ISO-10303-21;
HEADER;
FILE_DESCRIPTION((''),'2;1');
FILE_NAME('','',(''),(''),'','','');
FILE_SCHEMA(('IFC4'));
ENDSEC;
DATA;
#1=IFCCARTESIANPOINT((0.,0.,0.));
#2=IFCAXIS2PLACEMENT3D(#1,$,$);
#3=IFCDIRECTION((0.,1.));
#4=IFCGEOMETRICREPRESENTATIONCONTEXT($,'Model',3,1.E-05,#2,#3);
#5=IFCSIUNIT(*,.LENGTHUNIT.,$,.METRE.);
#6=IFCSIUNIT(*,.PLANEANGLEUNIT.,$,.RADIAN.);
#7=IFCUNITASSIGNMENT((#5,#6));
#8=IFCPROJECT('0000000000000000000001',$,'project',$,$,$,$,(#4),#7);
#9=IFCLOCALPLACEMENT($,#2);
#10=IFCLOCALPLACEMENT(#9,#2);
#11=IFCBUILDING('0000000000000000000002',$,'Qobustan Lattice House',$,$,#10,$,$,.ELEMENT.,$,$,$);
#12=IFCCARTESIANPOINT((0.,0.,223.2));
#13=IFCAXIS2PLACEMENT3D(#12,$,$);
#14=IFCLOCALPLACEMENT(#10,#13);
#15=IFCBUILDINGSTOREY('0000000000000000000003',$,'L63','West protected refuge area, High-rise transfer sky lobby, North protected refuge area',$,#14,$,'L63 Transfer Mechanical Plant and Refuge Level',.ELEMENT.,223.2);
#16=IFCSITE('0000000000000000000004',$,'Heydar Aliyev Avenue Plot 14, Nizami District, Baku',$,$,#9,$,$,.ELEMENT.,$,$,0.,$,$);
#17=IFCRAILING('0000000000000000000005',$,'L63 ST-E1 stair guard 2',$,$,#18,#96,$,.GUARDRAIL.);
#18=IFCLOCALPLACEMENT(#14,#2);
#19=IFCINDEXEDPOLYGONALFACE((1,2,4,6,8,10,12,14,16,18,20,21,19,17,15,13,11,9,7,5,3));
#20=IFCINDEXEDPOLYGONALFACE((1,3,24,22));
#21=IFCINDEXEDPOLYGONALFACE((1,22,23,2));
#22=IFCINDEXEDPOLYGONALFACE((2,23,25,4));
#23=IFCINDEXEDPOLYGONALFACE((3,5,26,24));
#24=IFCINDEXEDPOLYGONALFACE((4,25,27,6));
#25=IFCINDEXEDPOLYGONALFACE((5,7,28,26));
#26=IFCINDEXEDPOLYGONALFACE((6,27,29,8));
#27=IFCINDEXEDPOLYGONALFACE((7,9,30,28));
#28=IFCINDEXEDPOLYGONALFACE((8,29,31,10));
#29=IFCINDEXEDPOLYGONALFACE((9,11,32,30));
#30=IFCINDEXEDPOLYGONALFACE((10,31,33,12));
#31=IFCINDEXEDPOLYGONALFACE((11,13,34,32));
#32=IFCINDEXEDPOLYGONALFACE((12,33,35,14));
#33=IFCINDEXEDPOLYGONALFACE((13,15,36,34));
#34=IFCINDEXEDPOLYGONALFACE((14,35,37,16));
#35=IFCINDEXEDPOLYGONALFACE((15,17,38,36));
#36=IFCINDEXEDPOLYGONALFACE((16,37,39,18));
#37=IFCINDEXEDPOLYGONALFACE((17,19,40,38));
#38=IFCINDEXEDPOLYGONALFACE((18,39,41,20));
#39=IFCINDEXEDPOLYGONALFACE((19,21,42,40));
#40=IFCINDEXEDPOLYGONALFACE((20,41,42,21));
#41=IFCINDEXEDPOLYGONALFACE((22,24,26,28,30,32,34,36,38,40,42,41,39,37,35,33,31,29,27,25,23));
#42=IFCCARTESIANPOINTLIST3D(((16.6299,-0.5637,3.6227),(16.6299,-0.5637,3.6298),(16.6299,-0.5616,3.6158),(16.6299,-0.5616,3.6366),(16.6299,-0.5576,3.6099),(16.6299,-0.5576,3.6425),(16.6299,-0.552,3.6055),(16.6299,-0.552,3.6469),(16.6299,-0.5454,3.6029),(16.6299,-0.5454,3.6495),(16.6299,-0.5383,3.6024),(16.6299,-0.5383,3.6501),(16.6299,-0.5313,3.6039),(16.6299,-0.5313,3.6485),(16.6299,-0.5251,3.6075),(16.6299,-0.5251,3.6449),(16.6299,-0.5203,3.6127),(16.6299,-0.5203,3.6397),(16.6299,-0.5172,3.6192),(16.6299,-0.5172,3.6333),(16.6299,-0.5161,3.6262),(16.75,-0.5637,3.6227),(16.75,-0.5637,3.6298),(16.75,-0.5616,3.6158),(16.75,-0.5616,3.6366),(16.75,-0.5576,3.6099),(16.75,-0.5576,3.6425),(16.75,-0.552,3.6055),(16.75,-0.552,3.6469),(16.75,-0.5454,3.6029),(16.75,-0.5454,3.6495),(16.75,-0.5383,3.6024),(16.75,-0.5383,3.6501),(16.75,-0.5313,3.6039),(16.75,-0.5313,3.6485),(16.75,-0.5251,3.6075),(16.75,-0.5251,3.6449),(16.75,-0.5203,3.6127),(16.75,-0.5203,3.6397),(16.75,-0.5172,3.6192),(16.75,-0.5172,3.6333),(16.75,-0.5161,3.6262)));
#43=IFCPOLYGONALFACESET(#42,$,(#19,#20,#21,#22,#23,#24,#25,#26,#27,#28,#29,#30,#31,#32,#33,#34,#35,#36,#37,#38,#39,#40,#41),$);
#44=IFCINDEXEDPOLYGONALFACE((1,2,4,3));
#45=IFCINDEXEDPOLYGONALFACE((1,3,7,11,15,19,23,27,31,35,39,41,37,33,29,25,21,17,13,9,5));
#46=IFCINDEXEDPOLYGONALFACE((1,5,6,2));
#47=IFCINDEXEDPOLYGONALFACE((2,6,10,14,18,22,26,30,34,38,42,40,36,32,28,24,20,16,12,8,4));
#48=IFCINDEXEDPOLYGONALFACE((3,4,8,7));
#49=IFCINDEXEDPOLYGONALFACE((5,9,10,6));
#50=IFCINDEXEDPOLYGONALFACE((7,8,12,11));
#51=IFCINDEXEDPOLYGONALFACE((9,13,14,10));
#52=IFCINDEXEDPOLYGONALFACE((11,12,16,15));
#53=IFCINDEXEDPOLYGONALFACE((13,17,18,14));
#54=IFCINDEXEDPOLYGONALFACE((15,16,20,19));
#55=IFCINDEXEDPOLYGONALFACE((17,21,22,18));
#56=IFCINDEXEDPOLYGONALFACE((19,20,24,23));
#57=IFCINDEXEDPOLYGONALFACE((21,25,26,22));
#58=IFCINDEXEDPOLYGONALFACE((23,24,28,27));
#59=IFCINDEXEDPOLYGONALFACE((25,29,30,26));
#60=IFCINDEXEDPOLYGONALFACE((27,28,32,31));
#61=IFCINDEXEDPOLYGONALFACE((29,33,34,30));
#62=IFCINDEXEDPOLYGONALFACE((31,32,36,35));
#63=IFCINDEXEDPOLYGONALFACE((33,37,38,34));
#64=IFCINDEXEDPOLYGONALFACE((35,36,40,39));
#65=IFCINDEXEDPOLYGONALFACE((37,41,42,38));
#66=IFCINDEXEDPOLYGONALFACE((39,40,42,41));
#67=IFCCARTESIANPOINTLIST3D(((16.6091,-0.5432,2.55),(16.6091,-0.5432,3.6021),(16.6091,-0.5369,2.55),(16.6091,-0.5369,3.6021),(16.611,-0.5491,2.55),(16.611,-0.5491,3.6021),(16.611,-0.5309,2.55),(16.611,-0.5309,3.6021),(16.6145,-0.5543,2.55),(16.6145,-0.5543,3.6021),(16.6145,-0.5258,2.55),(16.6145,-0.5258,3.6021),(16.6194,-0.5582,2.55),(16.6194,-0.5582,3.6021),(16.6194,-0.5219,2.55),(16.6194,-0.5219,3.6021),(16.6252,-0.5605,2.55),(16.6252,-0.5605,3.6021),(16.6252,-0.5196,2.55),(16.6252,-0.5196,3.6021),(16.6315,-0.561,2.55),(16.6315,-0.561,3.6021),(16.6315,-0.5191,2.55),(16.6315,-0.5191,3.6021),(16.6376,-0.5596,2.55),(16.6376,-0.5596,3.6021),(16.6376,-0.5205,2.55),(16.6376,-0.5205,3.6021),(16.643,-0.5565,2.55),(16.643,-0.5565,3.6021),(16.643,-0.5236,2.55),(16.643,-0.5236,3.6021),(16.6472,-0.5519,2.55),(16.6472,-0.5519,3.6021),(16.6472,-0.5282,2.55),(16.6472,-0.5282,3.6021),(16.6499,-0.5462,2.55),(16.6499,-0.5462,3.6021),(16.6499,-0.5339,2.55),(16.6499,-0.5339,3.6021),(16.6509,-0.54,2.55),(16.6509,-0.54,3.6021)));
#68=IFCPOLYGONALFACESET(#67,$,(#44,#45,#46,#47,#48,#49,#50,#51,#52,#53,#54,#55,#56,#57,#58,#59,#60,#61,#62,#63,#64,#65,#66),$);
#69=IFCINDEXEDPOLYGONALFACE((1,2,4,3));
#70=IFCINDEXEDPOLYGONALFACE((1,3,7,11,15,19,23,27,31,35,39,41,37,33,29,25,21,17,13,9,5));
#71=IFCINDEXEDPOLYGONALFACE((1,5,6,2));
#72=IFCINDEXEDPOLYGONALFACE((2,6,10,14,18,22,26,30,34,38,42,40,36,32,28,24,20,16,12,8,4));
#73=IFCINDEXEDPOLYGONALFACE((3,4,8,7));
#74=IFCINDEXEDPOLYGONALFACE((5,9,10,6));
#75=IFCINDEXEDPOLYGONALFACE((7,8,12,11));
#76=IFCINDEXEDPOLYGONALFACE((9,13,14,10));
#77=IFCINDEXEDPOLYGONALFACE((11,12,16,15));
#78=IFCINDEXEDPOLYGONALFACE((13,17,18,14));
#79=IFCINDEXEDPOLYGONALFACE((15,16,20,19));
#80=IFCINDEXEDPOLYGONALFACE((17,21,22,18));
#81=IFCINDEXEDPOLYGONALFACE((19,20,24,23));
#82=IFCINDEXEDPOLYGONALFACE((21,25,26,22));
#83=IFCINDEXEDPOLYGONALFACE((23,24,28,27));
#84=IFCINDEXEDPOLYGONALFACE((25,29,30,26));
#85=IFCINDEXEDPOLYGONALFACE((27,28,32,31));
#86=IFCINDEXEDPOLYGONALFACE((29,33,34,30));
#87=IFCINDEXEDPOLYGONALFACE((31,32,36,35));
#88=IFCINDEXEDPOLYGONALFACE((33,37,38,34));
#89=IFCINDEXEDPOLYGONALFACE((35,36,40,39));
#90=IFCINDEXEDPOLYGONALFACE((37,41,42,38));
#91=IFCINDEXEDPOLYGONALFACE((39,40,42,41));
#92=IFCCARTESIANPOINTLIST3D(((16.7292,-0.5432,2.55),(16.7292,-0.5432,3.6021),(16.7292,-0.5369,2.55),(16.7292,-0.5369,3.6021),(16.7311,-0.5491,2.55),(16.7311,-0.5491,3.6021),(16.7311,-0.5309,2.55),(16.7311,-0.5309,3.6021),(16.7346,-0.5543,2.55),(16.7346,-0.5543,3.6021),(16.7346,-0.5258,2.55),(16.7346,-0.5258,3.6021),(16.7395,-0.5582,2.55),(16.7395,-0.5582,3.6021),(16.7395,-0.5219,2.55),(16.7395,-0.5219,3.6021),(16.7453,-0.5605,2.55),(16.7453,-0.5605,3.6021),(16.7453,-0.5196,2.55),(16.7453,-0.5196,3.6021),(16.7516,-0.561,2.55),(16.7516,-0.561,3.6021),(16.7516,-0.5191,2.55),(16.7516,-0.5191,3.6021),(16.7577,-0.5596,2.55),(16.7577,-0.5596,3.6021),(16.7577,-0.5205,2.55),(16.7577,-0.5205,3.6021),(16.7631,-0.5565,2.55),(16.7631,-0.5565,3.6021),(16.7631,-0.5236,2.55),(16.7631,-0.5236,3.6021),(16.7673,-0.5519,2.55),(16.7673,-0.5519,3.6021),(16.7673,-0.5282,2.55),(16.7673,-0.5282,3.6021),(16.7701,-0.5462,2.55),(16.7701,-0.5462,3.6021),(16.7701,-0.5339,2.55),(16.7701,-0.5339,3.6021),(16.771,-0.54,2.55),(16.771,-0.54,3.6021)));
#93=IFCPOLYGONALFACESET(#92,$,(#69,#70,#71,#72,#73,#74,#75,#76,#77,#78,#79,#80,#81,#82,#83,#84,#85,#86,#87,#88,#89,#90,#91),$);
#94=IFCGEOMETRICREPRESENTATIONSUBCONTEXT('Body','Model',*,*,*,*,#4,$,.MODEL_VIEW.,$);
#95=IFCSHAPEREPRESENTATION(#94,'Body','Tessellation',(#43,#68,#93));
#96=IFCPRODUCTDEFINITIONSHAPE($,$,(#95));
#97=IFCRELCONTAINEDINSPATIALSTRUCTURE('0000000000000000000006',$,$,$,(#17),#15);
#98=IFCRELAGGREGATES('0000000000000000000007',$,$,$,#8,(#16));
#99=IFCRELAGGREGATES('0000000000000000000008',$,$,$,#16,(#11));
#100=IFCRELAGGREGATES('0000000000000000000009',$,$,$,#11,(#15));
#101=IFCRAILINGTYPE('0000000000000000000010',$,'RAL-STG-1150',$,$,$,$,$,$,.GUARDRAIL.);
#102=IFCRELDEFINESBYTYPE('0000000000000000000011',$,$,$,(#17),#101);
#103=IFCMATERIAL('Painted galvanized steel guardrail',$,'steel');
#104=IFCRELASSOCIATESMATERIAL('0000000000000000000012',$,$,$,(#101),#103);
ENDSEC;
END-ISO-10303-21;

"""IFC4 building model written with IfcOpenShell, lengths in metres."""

from ifc_helpers import new_model, si_unit, direction, frame, origin, origin_2d, place, context, subcontext, project, spatial, circle, extrude, material, type_object, element, save


model = new_model("IFC4")

# Units and contexts
model_context = context("Model", 3, precision=1e-05, world=origin(), true_north=direction((0.0, 1.0)))
body_context = subcontext(model_context, "Body", "Model", "MODEL_VIEW")
ifc_project = project(units=[si_unit("LENGTHUNIT", "METRE"), si_unit("PLANEANGLEUNIT", "RADIAN")], contexts=[model_context])

# Site, building, storey
site_placement = place(None, origin())
site = spatial("IfcSite", under=ifc_project, at=site_placement, Name="Heydar Aliyev Avenue Plot 14, Nizami District, Baku", CompositionType="ELEMENT", RefElevation=0.0)
building_placement = place(site_placement, origin())
building = spatial("IfcBuilding", under=site, at=building_placement, Name="Qobustan Lattice House", CompositionType="ELEMENT")
storey_placement = place(building_placement, frame((0.0, 0.0, 223.2)))
storey = spatial("IfcBuildingStorey", under=building, at=storey_placement, Name="L63", Description="West protected refuge area, High-rise transfer sky lobby, North protected refuge area", LongName="L63 Transfer Mechanical Plant and Refuge Level", CompositionType="ELEMENT", Elevation=223.2)

# Railing
ifc_material_1 = material(Name="Painted galvanized steel guardrail", Category="steel")
railing_type_1 = type_object("IfcRailingType", Name="RAL-STG-1150", PredefinedType="GUARDRAIL", material=ifc_material_1)
railing_1_placement = place(storey_placement, frame((16.6299, -0.54, 2.55)))
element("IfcRailing", 1, at=railing_1_placement, inside=storey, type_object=railing_type_1, Name="L63 ST-E1 stair guard 2", PredefinedType="GUARDRAIL", context=body_context, shape_type="SweptSolid", body=[
    extrude(circle(Radius=0.0239, at=origin_2d()), frame((0.0, 0.0, 1.0762), z_axis=(1.0, 0.0, 0.0), x_axis=(0.0, 1.0, 0.0)), (0.0, 0.0, 1.0), 0.1201),
    extrude(circle(Radius=0.021, at=origin_2d()), origin(), (0.0, 0.0, 1.0), 1.052),
    extrude(circle(Radius=0.021, at=origin_2d()), frame((0.1201, 0.0, 0.0)), (0.0, 0.0, 1.0), 1.052),
])

save(model, "model.ifc")
